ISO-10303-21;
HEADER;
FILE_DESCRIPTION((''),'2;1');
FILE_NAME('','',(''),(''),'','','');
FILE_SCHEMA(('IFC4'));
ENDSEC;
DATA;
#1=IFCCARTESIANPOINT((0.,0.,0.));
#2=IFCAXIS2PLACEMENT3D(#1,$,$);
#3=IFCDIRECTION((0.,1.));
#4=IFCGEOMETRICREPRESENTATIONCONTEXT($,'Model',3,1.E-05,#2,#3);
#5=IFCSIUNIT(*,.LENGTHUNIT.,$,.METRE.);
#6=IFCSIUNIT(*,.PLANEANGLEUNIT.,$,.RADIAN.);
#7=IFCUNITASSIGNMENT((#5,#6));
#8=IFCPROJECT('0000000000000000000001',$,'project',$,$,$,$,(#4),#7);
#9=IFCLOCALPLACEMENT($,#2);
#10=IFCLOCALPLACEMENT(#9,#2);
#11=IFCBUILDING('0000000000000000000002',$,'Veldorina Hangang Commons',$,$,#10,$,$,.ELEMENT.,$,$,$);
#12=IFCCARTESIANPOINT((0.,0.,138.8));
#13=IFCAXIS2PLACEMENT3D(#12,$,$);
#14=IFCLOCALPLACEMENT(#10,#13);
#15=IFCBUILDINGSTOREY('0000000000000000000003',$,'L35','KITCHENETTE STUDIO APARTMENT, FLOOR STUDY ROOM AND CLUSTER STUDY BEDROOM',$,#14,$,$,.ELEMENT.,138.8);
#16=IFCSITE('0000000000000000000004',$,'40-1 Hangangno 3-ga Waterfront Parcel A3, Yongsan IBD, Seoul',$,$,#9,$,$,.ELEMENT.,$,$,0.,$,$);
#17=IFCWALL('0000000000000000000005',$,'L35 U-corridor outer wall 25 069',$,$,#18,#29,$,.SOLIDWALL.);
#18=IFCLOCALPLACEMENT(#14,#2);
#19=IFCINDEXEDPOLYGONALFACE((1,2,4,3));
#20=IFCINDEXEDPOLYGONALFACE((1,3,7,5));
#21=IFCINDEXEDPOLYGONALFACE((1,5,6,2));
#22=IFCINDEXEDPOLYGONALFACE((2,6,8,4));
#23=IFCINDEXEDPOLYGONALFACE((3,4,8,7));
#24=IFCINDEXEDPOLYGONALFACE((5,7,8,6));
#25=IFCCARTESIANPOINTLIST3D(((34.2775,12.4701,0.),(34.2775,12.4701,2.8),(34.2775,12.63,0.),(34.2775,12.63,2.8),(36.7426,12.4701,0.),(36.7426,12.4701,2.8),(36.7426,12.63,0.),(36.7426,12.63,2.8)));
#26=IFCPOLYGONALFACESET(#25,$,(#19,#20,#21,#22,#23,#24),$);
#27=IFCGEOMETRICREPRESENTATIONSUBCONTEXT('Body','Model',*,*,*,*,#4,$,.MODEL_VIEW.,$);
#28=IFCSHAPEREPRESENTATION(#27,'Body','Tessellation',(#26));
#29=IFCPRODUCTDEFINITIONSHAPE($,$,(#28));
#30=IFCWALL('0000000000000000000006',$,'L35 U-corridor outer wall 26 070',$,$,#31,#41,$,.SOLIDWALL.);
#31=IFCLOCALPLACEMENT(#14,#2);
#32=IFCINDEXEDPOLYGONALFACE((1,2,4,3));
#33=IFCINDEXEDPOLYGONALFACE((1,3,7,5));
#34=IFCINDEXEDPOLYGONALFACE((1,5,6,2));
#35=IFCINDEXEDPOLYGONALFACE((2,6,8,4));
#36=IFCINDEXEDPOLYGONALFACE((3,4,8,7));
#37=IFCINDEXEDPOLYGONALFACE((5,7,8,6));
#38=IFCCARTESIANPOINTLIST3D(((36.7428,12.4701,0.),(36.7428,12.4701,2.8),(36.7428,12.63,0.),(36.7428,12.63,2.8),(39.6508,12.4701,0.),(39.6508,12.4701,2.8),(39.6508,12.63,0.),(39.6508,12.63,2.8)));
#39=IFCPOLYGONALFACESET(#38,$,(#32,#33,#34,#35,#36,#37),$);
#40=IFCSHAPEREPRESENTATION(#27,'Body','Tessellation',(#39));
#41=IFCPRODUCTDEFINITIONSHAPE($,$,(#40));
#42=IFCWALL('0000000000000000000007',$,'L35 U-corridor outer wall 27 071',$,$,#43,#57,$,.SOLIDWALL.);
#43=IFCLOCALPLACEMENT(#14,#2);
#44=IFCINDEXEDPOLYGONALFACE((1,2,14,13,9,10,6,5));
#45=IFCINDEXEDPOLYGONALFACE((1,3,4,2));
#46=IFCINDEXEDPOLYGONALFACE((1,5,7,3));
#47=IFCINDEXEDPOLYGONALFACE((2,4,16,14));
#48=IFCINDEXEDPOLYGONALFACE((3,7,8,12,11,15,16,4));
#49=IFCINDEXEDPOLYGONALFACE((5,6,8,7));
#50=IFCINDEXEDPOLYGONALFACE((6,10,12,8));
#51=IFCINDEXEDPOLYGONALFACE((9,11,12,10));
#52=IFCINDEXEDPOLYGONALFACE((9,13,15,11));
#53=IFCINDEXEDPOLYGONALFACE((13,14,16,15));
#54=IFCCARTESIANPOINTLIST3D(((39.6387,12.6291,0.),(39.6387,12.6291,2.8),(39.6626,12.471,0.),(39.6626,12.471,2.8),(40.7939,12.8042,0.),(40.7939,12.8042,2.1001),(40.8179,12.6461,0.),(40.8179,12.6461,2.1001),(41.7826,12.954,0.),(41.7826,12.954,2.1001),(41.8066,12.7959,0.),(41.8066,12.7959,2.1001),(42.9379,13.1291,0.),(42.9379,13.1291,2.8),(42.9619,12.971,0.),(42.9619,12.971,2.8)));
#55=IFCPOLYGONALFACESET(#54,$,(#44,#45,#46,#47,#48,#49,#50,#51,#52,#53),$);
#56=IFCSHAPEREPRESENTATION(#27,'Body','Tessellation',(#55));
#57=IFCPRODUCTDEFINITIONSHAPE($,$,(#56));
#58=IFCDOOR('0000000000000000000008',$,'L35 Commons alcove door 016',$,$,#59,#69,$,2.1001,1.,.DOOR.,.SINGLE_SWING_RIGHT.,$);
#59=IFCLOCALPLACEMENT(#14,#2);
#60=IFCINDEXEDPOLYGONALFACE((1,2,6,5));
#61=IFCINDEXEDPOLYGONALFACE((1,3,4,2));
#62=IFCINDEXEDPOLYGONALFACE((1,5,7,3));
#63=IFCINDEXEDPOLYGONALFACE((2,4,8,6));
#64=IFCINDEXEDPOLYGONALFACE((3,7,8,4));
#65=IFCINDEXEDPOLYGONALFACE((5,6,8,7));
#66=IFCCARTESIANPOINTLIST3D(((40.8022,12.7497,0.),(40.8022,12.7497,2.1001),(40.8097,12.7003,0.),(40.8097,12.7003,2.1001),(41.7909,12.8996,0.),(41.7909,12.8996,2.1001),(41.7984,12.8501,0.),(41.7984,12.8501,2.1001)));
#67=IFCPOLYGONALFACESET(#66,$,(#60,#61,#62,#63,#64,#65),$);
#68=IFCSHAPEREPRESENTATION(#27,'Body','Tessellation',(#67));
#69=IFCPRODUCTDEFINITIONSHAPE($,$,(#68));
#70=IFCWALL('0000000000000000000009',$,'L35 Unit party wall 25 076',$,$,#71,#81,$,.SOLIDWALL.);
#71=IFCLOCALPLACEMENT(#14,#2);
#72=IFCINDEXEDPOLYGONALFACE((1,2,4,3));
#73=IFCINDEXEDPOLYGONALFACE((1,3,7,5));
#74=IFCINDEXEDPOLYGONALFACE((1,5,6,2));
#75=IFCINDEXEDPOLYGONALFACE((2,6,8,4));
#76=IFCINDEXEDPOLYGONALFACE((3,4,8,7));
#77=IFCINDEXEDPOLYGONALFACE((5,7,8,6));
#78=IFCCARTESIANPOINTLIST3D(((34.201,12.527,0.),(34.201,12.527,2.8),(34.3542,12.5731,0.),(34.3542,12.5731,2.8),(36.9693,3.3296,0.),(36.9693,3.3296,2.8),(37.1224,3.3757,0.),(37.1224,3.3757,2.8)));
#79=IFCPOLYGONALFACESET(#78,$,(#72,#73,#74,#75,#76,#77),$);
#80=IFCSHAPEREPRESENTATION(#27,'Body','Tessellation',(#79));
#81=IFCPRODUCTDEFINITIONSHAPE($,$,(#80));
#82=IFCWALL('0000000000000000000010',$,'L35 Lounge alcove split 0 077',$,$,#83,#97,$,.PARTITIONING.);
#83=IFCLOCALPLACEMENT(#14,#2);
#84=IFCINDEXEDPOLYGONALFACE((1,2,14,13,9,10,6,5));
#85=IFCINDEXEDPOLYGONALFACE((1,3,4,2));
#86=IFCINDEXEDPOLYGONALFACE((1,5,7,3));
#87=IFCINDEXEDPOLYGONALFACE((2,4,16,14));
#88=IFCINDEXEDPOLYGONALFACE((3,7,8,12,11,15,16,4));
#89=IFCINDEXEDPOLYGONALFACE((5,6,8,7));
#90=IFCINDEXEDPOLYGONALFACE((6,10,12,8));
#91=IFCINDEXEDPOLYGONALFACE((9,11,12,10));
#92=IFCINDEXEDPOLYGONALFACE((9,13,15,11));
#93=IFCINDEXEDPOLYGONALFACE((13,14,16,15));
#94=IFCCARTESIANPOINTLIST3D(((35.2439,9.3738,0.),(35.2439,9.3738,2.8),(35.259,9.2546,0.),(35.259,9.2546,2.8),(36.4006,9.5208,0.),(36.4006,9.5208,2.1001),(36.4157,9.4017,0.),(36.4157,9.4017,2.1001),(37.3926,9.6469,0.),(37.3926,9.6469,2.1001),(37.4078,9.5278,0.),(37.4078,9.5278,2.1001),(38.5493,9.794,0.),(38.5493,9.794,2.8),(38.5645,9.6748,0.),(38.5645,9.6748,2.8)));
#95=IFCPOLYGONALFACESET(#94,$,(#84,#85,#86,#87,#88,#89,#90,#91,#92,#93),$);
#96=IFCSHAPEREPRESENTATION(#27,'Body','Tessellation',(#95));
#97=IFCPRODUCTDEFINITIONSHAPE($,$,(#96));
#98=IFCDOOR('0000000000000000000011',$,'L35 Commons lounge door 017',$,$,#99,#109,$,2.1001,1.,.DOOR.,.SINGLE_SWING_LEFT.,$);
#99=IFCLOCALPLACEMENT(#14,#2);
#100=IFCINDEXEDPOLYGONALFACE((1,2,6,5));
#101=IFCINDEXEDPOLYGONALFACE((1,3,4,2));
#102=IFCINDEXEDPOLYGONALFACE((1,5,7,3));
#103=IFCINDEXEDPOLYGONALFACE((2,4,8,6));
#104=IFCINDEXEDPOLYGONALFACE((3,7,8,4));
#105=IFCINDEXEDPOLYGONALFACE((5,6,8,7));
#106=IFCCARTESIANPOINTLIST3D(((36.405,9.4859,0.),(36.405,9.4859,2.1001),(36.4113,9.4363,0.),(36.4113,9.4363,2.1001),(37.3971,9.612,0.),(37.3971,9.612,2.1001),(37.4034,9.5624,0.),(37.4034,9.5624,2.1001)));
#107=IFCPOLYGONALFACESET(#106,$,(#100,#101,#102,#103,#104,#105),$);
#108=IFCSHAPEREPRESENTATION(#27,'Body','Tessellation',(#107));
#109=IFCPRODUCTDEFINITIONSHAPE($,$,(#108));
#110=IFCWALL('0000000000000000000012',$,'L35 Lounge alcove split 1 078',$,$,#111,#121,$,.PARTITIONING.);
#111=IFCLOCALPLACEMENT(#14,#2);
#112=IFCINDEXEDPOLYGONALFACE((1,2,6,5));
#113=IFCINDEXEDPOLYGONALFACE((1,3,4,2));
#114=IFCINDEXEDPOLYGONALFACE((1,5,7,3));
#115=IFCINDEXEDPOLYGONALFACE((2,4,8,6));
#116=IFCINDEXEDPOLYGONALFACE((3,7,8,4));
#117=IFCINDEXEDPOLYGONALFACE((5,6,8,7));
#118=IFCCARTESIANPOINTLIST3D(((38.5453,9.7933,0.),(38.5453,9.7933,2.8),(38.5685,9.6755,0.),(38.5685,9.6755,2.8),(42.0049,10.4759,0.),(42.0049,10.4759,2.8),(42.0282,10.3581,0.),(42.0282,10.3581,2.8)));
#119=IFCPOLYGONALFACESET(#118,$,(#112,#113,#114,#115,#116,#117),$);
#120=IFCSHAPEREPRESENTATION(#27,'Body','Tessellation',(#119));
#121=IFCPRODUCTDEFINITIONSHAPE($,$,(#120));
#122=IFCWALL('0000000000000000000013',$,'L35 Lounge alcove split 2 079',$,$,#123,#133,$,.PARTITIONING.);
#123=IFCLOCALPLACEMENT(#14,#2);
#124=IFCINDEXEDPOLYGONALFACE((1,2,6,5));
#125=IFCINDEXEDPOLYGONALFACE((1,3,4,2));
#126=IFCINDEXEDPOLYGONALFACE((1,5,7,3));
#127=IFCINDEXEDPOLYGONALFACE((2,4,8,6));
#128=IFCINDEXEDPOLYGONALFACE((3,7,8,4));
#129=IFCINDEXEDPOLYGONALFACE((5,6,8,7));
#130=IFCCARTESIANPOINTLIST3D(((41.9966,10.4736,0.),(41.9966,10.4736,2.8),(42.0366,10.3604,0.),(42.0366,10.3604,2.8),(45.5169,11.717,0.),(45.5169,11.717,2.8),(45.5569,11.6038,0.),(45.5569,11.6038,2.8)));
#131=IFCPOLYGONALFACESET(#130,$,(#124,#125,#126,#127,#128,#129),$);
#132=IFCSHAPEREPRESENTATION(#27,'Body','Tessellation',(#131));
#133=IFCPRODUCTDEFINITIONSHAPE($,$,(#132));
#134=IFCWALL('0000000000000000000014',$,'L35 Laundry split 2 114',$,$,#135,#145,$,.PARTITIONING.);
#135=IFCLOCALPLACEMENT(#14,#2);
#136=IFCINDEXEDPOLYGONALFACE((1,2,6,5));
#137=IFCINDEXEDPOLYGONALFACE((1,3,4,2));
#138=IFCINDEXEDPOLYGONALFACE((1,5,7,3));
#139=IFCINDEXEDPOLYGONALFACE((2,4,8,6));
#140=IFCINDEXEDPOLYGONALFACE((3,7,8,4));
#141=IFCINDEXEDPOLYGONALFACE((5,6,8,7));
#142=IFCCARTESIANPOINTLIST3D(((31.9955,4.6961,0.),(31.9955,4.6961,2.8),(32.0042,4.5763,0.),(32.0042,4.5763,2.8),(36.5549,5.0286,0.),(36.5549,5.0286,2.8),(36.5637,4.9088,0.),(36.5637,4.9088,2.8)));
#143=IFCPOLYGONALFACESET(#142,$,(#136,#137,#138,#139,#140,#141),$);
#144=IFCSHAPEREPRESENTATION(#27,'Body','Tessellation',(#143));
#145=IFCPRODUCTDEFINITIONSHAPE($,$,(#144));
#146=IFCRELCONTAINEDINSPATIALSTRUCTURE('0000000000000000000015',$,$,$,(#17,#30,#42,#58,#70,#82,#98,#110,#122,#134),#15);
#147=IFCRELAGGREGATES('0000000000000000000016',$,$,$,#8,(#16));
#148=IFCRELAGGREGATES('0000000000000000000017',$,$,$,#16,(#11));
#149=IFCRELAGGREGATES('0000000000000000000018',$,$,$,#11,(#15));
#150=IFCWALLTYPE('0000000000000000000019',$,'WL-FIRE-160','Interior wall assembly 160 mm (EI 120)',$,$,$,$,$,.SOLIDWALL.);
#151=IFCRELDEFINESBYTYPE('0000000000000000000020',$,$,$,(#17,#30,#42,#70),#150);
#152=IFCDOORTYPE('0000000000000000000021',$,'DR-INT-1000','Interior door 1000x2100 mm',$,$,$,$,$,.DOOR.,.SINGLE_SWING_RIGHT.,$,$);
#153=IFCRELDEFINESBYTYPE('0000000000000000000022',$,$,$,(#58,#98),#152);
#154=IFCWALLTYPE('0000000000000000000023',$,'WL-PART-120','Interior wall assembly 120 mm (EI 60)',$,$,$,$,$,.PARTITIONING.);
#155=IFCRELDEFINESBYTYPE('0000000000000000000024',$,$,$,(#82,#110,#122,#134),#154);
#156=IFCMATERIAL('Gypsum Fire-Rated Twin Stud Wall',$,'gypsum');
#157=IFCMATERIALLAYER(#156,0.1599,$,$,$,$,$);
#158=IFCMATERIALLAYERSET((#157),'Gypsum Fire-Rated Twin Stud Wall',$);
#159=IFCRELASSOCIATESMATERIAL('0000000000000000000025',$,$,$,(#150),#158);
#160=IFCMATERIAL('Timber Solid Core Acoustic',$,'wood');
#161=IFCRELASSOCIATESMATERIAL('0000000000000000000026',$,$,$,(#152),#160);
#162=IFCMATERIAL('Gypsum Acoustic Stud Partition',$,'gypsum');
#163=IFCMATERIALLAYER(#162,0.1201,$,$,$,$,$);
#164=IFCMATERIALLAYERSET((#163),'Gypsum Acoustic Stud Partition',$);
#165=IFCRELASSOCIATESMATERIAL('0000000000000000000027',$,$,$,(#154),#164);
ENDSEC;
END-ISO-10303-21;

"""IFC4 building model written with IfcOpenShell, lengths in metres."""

from ifc_helpers import new_model, si_unit, direction, frame, frame_2d, origin, place, context, subcontext, project, spatial, rectangle, extrude, material, layer, layer_set, type_object, element, fill, save


model = new_model("IFC4")

# Units and contexts
model_context = context("Model", 3, precision=1e-05, world=origin(), true_north=direction((0.0, 1.0)))
body_context = subcontext(model_context, "Body", "Model", "MODEL_VIEW")
ifc_project = project(units=[si_unit("LENGTHUNIT", "METRE"), si_unit("PLANEANGLEUNIT", "RADIAN")], contexts=[model_context])

# Site, building, storey
site_placement = place(None, origin())
site = spatial("IfcSite", under=ifc_project, at=site_placement, Name="40-1 Hangangno 3-ga Waterfront Parcel A3, Yongsan IBD, Seoul", CompositionType="ELEMENT", RefElevation=0.0)
building_placement = place(site_placement, origin())
building = spatial("IfcBuilding", under=site, at=building_placement, Name="Veldorina Hangang Commons", CompositionType="ELEMENT")
storey_placement = place(building_placement, frame((0.0, 0.0, 138.8)))
storey = spatial("IfcBuildingStorey", under=building, at=storey_placement, Name="L35", Description="KITCHENETTE STUDIO APARTMENT, FLOOR STUDY ROOM AND CLUSTER STUDY BEDROOM", CompositionType="ELEMENT", Elevation=138.8)

# Walls
ifc_material_1 = material(Name="Gypsum Fire-Rated Twin Stud Wall", Category="gypsum")
ifc_layer_1 = layer(ifc_material_1, 0.1599)
ifc_layer_set_1 = layer_set([ifc_layer_1], Name="Gypsum Fire-Rated Twin Stud Wall")
wall_type_1 = type_object("IfcWallType", Name="WL-FIRE-160", Description="Interior wall assembly 160 mm (EI 120)", PredefinedType="SOLIDWALL", material=ifc_layer_set_1)
wall_1_placement = place(storey_placement, frame((34.2776, 12.55, 0.0), z_axis=(0.0, 0.0, 1.0), x_axis=(1.0, 0.0, 0.0)))
element("IfcWall", 1, at=wall_1_placement, inside=storey, type_object=wall_type_1, Name="L35 U-corridor outer wall 25 069", PredefinedType="SOLIDWALL", context=body_context, shape_type="SweptSolid", body=[
    extrude(rectangle(XDim=2.4651, YDim=0.1599, at=frame_2d((1.2324, 0.0))), origin(), (0.0, 0.0, 1.0), 2.8),
])
wall_2_placement = place(storey_placement, frame((36.7427, 12.55, 0.0), z_axis=(0.0, 0.0, 1.0), x_axis=(1.0, 0.0, 0.0)))
element("IfcWall", 2, at=wall_2_placement, inside=storey, type_object=wall_type_1, Name="L35 U-corridor outer wall 26 070", PredefinedType="SOLIDWALL", context=body_context, shape_type="SweptSolid", body=[
    extrude(rectangle(XDim=2.908, YDim=0.1599, at=frame_2d((1.4541, 0.0))), origin(), (0.0, 0.0, 1.0), 2.8),
])

# Wall, opening, door
wall_3_placement = place(storey_placement, frame((39.6506, 12.55, 0.0), z_axis=(0.0, 0.0, 1.0), x_axis=(0.988711, 0.149836, 0.0)))
wall_3 = element("IfcWall", 3, at=wall_3_placement, inside=storey, type_object=wall_type_1, Name="L35 U-corridor outer wall 27 071", PredefinedType="SOLIDWALL", context=body_context, shape_type="SweptSolid", body=[
    extrude(rectangle(XDim=3.3369, YDim=0.1599, at=frame_2d((1.6685, 0.0))), origin(), (0.0, 0.0, 1.0), 2.8),
])
opening_1_placement = place(wall_3_placement, frame((1.1685, 0.0, 0.0)))
opening_1 = element("IfcOpeningElement", 4, at=opening_1_placement, cuts=wall_3, PredefinedType="OPENING", context=body_context, shape_type="SweptSolid", body=[
    extrude(rectangle(XDim=1.0, YDim=2.1001, at=frame_2d((0.5, 1.05))), frame((0.0, 0.0898, 0.0), z_axis=(0.0, -1.0, 0.0), x_axis=(1.0, 0.0, 0.0)), (0.0, 0.0, 1.0), 0.1799),
])
ifc_material_2 = material(Name="Timber Solid Core Acoustic", Category="wood")
door_type_1 = type_object("IfcDoorType", Name="DR-INT-1000", Description="Interior door 1000x2100 mm", OperationType="SINGLE_SWING_RIGHT", PredefinedType="DOOR", material=ifc_material_2)
door_1_placement = place(opening_1_placement, origin())
door_1 = element("IfcDoor", 5, at=door_1_placement, inside=storey, type_object=door_type_1, Name="L35 Commons alcove door 016", OperationType="SINGLE_SWING_RIGHT", OverallHeight=2.1001, OverallWidth=1.0, PredefinedType="DOOR", context=body_context, shape_type="SweptSolid", body=[
    extrude(rectangle(XDim=1.0, YDim=2.1001, at=frame_2d((0.5, 1.05))), frame((0.0, 0.0249, 0.0), z_axis=(0.0, -1.0, 0.0), x_axis=(1.0, 0.0, 0.0)), (0.0, 0.0, 1.0), 0.05),
])
fill(opening_1, door_1)

# Wall
wall_4_placement = place(storey_placement, frame((34.2776, 12.55, 0.0), z_axis=(0.0, 0.0, 1.0), x_axis=(0.288213, -0.957566, 0.0)))
element("IfcWall", 6, at=wall_4_placement, inside=storey, type_object=wall_type_1, Name="L35 Unit party wall 25 076", PredefinedType="SOLIDWALL", context=body_context, shape_type="SweptSolid", body=[
    extrude(rectangle(XDim=9.605, YDim=0.1599, at=frame_2d((4.8025, 0.0))), origin(), (0.0, 0.0, 1.0), 2.8),
])

# Wall, opening, door
ifc_material_3 = material(Name="Gypsum Acoustic Stud Partition", Category="gypsum")
ifc_layer_2 = layer(ifc_material_3, 0.1201)
ifc_layer_set_2 = layer_set([ifc_layer_2], Name="Gypsum Acoustic Stud Partition")
wall_type_2 = type_object("IfcWallType", Name="WL-PART-120", Description="Interior wall assembly 120 mm (EI 60)", PredefinedType="PARTITIONING", material=ifc_layer_set_2)
wall_5_placement = place(storey_placement, frame((35.2515, 9.3142, 0.0), z_axis=(0.0, 0.0, 1.0), x_axis=(0.992018, 0.1261, 0.0)))
wall_5 = element("IfcWall", 7, at=wall_5_placement, inside=storey, type_object=wall_type_2, Name="L35 Lounge alcove split 0 077", PredefinedType="PARTITIONING", context=body_context, shape_type="SweptSolid", body=[
    extrude(rectangle(XDim=3.332, YDim=0.1201, at=frame_2d((1.666, 0.0))), origin(), (0.0, 0.0, 1.0), 2.8),
])
opening_2_placement = place(wall_5_placement, frame((1.166, 0.0, 0.0)))
opening_2 = element("IfcOpeningElement", 8, at=opening_2_placement, cuts=wall_5, PredefinedType="OPENING", context=body_context, shape_type="SweptSolid", body=[
    extrude(rectangle(XDim=1.0, YDim=2.1001, at=frame_2d((0.5, 1.05))), frame((0.0, 0.0701, 0.0), z_axis=(0.0, -1.0, 0.0), x_axis=(1.0, 0.0, 0.0)), (0.0, 0.0, 1.0), 0.1401),
])
door_2_placement = place(opening_2_placement, origin())
door_2 = element("IfcDoor", 9, at=door_2_placement, inside=storey, type_object=door_type_1, Name="L35 Commons lounge door 017", OperationType="SINGLE_SWING_LEFT", OverallHeight=2.1001, OverallWidth=1.0, PredefinedType="DOOR", context=body_context, shape_type="SweptSolid", body=[
    extrude(rectangle(XDim=1.0, YDim=2.1001, at=frame_2d((0.5, 1.05))), frame((0.0, 0.0249, 0.0), z_axis=(0.0, -1.0, 0.0), x_axis=(1.0, 0.0, 0.0)), (0.0, 0.0, 1.0), 0.05),
])
fill(opening_2, door_2)

# Walls
wall_6_placement = place(storey_placement, frame((38.5569, 9.7344, 0.0), z_axis=(0.0, 0.0, 1.0), x_axis=(0.981086, 0.193573, 0.0)))
element("IfcWall", 10, at=wall_6_placement, inside=storey, type_object=wall_type_2, Name="L35 Lounge alcove split 1 078", PredefinedType="PARTITIONING", context=body_context, shape_type="SweptSolid", body=[
    extrude(rectangle(XDim=3.5264, YDim=0.1201, at=frame_2d((1.7632, 0.0))), origin(), (0.0, 0.0, 1.0), 2.8),
])
wall_7_placement = place(storey_placement, frame((42.0166, 10.417, 0.0), z_axis=(0.0, 0.0, 1.0), x_axis=(0.942909, 0.333049, 0.0)))
element("IfcWall", 11, at=wall_7_placement, inside=storey, type_object=wall_type_2, Name="L35 Lounge alcove split 2 079", PredefinedType="PARTITIONING", context=body_context, shape_type="SweptSolid", body=[
    extrude(rectangle(XDim=3.7334, YDim=0.1201, at=frame_2d((1.8667, 0.0))), origin(), (0.0, 0.0, 1.0), 2.8),
])
wall_8_placement = place(storey_placement, frame((32.0, 4.6362, 0.0), z_axis=(0.0, 0.0, 1.0), x_axis=(0.997351, 0.072739, 0.0)))
element("IfcWall", 12, at=wall_8_placement, inside=storey, type_object=wall_type_2, Name="L35 Laundry split 2 114", PredefinedType="PARTITIONING", context=body_context, shape_type="SweptSolid", body=[
    extrude(rectangle(XDim=4.5715, YDim=0.1201, at=frame_2d((2.2856, 0.0))), origin(), (0.0, 0.0, 1.0), 2.8),
])

save(model, "model.ifc")
